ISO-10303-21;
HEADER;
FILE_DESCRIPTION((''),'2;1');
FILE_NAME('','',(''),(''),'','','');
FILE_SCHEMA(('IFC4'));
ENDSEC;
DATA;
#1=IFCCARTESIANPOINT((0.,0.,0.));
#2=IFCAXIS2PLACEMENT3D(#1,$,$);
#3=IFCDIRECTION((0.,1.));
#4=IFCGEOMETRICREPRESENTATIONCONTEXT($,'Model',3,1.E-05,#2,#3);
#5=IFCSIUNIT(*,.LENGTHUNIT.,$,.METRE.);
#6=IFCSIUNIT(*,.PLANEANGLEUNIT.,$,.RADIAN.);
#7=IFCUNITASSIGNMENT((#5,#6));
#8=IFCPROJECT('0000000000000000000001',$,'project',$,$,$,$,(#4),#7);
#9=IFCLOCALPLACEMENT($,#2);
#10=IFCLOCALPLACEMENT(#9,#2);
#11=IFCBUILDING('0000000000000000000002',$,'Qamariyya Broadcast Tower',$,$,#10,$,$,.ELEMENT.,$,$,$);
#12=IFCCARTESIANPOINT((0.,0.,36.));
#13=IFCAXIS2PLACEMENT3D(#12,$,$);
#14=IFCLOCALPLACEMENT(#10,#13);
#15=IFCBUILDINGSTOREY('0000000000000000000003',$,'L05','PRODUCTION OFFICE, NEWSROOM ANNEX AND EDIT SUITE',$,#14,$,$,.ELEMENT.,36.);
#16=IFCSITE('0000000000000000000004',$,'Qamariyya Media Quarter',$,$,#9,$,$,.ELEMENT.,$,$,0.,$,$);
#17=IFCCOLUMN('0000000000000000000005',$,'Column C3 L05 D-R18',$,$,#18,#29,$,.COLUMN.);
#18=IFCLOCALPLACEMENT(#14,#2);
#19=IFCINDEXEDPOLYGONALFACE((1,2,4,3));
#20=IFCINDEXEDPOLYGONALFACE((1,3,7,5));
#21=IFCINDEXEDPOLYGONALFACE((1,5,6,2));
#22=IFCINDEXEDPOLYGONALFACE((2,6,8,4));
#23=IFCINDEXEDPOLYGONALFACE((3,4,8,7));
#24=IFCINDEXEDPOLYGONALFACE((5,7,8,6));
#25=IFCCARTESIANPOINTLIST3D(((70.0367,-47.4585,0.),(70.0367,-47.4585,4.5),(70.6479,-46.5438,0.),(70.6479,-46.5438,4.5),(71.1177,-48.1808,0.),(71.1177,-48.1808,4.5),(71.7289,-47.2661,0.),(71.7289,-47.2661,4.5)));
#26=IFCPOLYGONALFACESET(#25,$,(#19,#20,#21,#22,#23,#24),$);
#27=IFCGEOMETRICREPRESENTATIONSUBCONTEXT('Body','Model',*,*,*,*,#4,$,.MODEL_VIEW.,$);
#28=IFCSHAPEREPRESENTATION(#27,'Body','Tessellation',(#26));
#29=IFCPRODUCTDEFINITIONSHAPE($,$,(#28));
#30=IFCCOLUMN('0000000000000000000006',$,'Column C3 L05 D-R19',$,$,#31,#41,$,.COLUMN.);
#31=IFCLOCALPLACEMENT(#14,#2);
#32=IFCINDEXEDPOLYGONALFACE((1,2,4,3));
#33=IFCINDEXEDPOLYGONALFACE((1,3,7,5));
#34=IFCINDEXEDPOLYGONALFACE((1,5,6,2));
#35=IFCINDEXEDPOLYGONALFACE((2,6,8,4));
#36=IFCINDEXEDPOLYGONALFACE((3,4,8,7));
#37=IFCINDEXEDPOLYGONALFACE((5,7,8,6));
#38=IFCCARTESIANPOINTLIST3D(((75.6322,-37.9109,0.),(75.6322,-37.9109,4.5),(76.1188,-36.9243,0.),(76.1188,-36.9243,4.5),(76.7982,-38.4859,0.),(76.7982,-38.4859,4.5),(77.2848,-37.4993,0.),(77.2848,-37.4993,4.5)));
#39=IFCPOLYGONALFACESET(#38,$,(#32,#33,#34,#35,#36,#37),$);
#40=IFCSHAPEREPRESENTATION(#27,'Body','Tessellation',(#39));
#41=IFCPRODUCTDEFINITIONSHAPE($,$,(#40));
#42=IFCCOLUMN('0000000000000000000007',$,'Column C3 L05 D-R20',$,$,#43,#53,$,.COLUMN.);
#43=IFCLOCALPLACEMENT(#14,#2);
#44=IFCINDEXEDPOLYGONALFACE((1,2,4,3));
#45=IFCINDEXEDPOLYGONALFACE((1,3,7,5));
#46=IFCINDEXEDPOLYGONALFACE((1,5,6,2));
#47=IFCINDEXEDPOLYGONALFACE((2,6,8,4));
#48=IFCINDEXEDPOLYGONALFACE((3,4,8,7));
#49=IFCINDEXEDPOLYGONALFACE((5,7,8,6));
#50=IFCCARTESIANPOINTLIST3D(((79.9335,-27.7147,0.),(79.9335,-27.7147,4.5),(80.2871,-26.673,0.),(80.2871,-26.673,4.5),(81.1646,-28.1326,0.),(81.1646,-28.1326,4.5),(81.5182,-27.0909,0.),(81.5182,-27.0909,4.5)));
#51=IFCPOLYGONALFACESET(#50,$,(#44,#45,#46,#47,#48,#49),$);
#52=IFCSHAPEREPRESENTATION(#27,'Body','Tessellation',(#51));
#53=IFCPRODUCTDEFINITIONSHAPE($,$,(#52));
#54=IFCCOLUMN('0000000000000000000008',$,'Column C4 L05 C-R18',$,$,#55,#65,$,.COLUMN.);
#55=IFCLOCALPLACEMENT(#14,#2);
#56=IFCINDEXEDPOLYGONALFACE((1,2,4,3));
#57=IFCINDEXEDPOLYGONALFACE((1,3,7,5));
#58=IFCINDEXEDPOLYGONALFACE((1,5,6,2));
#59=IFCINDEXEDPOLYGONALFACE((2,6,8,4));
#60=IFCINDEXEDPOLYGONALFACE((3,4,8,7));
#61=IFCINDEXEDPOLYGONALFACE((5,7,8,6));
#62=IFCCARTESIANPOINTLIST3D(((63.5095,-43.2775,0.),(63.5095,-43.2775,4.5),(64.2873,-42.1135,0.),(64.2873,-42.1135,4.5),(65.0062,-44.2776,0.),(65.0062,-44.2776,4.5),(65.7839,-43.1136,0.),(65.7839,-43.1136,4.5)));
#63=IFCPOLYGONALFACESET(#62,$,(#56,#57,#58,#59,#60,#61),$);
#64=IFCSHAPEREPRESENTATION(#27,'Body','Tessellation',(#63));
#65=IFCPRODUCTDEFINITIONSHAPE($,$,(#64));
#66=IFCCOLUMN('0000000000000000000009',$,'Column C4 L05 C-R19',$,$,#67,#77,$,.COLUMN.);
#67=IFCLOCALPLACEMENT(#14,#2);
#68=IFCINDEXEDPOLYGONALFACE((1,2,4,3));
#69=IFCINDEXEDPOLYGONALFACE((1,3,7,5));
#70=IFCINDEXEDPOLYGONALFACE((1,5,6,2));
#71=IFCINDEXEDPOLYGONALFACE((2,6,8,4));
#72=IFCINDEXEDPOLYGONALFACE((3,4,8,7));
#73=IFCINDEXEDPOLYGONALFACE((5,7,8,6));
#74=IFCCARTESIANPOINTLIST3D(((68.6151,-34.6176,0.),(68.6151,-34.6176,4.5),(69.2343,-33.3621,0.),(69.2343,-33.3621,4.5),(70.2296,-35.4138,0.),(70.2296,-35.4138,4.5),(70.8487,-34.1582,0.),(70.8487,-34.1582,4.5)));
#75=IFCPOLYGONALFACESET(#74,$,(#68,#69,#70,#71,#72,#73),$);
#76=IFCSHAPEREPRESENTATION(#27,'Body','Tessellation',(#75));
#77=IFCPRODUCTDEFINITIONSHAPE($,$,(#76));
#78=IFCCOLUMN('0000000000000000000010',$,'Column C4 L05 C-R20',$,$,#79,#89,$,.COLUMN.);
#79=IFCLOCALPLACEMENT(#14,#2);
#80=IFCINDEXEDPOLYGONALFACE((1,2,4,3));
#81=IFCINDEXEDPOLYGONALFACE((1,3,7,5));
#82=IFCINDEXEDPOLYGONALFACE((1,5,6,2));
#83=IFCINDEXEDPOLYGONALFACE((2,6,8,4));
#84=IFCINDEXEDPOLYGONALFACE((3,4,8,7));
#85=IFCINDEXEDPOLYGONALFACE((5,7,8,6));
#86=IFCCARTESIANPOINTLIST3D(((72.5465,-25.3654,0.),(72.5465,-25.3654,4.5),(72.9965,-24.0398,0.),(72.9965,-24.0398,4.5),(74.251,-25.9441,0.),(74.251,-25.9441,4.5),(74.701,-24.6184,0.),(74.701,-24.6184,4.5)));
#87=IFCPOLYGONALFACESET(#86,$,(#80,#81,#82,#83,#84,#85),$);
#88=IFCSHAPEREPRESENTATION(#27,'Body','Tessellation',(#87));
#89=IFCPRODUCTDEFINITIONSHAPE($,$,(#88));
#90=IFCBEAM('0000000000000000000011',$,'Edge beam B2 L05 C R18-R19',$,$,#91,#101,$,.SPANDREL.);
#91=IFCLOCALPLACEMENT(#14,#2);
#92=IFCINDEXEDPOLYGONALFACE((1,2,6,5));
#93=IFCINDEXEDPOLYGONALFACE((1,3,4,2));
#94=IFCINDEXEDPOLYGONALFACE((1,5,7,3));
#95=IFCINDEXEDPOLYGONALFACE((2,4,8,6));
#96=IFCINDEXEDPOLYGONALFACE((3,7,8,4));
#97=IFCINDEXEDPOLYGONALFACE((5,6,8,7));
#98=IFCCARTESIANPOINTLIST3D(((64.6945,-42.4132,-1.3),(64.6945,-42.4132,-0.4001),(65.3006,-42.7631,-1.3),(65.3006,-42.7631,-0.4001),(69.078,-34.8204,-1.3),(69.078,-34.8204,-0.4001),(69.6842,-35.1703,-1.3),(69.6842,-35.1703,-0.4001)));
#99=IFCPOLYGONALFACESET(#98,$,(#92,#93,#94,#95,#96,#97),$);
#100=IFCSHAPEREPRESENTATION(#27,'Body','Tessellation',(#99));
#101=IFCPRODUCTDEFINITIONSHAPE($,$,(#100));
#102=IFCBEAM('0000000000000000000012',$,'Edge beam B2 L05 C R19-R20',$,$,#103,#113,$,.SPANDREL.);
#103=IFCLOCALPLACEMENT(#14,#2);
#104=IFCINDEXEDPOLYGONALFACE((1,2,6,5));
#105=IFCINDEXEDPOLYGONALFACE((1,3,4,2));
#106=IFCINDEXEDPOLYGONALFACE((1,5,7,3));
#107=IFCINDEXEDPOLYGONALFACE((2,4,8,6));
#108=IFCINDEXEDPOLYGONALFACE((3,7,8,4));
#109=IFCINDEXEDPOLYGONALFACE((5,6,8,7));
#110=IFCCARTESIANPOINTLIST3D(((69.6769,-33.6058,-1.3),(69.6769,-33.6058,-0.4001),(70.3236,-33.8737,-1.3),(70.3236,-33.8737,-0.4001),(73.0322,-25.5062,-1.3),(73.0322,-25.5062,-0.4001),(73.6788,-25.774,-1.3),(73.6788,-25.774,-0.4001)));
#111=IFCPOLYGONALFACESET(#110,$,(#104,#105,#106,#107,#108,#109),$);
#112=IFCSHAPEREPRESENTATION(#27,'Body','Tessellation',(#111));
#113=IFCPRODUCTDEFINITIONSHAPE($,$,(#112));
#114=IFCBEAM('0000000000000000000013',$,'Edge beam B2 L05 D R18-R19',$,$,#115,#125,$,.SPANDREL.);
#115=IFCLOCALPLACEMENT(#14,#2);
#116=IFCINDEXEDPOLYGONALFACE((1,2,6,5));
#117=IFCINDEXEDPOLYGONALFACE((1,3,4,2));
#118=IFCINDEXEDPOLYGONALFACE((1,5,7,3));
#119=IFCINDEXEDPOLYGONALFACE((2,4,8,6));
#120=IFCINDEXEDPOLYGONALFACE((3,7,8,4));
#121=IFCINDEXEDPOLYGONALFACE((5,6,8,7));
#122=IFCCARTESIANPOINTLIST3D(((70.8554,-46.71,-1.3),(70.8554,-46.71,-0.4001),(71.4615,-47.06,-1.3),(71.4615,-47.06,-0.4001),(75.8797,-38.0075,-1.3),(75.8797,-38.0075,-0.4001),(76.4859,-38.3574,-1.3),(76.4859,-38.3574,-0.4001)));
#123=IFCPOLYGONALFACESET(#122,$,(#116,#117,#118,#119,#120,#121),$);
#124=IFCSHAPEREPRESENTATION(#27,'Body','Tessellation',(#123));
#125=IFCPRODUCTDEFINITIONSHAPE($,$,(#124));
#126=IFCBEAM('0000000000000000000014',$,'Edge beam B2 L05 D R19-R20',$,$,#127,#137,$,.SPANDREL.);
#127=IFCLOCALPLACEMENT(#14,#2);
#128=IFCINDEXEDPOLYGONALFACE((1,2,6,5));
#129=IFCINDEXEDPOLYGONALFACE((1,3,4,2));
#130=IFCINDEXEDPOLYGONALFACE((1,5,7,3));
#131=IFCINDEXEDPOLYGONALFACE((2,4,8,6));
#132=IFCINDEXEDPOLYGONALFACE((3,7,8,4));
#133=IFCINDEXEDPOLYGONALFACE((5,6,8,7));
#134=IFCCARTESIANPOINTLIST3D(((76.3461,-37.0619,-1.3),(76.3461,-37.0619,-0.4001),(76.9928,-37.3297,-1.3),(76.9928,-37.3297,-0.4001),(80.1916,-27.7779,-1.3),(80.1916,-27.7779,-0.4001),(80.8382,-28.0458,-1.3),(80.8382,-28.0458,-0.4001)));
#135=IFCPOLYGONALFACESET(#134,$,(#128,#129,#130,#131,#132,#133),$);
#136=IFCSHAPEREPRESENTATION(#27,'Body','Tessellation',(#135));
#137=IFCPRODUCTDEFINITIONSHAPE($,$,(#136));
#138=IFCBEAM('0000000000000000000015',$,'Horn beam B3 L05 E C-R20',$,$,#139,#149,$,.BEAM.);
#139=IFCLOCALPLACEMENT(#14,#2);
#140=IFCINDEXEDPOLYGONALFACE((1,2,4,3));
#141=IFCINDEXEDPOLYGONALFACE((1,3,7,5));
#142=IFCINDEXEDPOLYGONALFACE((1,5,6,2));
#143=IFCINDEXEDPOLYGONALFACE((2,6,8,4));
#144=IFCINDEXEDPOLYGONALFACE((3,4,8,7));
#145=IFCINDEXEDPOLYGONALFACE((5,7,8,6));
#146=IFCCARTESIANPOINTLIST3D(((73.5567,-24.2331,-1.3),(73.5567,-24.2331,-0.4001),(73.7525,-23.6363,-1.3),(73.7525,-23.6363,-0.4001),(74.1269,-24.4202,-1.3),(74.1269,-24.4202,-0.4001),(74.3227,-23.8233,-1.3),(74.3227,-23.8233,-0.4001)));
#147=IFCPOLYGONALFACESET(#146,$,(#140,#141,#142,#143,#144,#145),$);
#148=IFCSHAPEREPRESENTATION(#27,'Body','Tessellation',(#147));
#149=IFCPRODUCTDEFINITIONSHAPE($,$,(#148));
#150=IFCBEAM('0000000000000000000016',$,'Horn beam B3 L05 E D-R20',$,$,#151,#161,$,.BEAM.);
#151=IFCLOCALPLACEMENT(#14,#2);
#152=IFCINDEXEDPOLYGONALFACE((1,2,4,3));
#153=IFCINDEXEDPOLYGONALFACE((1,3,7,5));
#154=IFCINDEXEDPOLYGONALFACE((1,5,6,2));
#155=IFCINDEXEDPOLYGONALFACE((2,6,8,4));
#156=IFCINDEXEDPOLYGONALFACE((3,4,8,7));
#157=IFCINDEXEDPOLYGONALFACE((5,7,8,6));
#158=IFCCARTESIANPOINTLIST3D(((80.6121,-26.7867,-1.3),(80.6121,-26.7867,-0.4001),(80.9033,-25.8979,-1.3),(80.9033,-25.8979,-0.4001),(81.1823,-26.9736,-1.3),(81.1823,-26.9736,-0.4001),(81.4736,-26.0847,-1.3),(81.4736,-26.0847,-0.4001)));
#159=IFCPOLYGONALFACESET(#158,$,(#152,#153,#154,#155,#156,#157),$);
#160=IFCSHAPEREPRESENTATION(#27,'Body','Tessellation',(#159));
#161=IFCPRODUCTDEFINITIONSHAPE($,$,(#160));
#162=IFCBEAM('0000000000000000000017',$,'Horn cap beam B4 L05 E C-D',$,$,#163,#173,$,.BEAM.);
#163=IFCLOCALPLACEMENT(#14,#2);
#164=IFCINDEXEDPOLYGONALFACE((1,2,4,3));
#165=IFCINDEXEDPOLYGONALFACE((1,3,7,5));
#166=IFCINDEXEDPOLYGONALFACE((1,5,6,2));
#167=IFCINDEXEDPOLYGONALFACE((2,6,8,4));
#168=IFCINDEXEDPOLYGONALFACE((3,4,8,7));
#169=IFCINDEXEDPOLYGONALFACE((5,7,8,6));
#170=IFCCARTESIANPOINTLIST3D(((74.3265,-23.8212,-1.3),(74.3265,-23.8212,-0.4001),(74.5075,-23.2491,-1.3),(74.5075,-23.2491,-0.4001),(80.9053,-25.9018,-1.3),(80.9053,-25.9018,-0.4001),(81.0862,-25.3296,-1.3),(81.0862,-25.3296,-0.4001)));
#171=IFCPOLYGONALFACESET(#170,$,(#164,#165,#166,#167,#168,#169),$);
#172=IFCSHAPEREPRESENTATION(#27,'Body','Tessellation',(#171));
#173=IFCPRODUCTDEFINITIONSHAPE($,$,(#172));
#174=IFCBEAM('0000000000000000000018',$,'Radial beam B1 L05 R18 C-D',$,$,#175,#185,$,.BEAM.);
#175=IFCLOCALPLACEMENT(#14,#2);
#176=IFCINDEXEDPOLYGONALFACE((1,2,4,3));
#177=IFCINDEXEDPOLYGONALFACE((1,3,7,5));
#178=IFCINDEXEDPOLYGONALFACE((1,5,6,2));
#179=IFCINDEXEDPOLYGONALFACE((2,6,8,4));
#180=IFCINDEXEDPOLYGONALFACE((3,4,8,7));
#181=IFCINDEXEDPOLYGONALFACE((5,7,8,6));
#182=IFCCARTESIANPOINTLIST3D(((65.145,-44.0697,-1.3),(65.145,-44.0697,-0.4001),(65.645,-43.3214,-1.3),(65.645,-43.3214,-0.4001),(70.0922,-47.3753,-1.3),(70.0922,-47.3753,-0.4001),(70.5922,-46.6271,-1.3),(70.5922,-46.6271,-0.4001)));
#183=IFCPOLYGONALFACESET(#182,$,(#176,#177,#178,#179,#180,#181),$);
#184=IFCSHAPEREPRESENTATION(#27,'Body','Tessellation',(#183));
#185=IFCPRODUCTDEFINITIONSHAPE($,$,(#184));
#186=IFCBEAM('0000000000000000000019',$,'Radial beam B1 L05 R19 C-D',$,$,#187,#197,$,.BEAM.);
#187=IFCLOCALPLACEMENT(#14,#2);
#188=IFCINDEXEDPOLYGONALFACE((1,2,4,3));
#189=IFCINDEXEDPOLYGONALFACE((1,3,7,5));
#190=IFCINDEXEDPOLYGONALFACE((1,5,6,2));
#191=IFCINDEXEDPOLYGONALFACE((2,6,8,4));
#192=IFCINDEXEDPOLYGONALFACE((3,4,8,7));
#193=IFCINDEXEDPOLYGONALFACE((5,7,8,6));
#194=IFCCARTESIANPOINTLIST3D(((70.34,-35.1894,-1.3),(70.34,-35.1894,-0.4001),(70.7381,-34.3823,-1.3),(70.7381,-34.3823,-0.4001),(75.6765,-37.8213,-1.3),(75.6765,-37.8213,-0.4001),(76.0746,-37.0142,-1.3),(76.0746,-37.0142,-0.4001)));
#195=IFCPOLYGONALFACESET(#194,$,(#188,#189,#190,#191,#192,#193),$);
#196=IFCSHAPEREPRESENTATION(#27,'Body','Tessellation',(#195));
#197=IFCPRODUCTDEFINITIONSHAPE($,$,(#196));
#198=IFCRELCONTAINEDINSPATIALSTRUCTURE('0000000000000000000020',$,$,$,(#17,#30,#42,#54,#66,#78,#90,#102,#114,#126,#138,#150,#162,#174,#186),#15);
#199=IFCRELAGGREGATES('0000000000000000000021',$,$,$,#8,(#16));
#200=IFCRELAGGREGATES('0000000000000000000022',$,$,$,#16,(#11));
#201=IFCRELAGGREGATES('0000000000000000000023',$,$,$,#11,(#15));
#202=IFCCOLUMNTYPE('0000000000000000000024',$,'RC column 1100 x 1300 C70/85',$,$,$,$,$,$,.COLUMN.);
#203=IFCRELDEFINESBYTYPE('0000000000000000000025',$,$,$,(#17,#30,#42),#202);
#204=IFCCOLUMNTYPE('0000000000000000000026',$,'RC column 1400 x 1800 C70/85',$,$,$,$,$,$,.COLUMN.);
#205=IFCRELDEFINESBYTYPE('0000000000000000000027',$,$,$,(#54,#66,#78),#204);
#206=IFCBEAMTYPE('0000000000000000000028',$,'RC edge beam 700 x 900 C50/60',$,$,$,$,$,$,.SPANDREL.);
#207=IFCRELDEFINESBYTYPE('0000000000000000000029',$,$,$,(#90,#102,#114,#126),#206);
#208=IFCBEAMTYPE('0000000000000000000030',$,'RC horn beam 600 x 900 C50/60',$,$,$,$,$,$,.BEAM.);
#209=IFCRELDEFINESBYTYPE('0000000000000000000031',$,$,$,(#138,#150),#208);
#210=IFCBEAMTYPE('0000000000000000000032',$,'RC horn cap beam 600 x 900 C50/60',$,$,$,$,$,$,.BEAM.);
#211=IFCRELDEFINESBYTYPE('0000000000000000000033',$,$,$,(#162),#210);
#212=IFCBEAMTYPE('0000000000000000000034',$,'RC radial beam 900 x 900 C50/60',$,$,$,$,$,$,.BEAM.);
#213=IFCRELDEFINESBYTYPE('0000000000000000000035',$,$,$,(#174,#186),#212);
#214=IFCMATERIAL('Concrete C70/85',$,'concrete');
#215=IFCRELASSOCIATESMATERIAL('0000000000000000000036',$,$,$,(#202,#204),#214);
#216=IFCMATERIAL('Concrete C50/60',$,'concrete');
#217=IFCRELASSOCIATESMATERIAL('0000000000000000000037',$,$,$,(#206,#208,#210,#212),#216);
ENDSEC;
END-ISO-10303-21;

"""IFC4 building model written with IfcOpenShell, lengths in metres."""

from ifc_helpers import new_model, si_unit, direction, frame, origin, origin_2d, place, context, subcontext, project, spatial, rectangle, extrude, material, material_profile, profile_set, type_object, element, save


model = new_model("IFC4")

# Units and contexts
model_context = context("Model", 3, precision=1e-05, world=origin(), true_north=direction((0.0, 1.0)))
body_context = subcontext(model_context, "Body", "Model", "MODEL_VIEW")
ifc_project = project(units=[si_unit("LENGTHUNIT", "METRE"), si_unit("PLANEANGLEUNIT", "RADIAN")], contexts=[model_context])

# Site, building, storey
site_placement = place(None, origin())
site = spatial("IfcSite", under=ifc_project, at=site_placement, Name="Qamariyya Media Quarter", CompositionType="ELEMENT", RefElevation=0.0)
building_placement = place(site_placement, origin())
building = spatial("IfcBuilding", under=site, at=building_placement, Name="Qamariyya Broadcast Tower", CompositionType="ELEMENT")
storey_placement = place(building_placement, frame((0.0, 0.0, 36.0)))
storey = spatial("IfcBuildingStorey", under=building, at=storey_placement, Name="L05", Description="PRODUCTION OFFICE, NEWSROOM ANNEX AND EDIT SUITE", CompositionType="ELEMENT", Elevation=36.0)

# Columns
ifc_material_1 = material(Name="Concrete C70/85", Category="concrete")
ifc_material_profile_1 = material_profile(ifc_material_1, rectangle(XDim=1.1001, YDim=1.3, at=origin_2d()))
ifc_profile_set_1 = profile_set([ifc_material_profile_1], Name="Concrete C70/85")
column_type_1 = type_object("IfcColumnType", Name="RC column 1100 x 1300 C70/85", PredefinedType="COLUMN", material=ifc_profile_set_1)
for number, where, z_axis, x_axis, name in (
    (1, (70.8828, -47.3623, 0.0), (0.0, 0.0, 1.0), (0.55557, 0.83147, 0.0), "Column C3 L05 D-R18"),
    (2, (76.4585, -37.7051, 0.0), (0.0, 0.0, 1.0), (0.442289, 0.896873, 0.0), "Column C3 L05 D-R19"),
    (3, (80.7258, -27.4028, 0.0), (0.0, 0.0, 1.0), (0.321439, 0.94693, 0.0), "Column C3 L05 D-R20"),
):
    element("IfcColumn", number, at=place(storey_placement, frame(where, z_axis=z_axis, x_axis=x_axis)), inside=storey, type_object=column_type_1, Name=name, PredefinedType="COLUMN", context=body_context, shape_type="SweptSolid", body=[
        extrude(rectangle(XDim=1.1001, YDim=1.3, at=origin_2d()), origin(), (0.0, 0.0, 1.0), 4.5),
    ])
ifc_material_profile_2 = material_profile(ifc_material_1, rectangle(XDim=1.3999, YDim=1.8, at=origin_2d()))
ifc_profile_set_2 = profile_set([ifc_material_profile_2], Name="Concrete C70/85")
column_type_2 = type_object("IfcColumnType", Name="RC column 1400 x 1800 C70/85", PredefinedType="COLUMN", material=ifc_profile_set_2)
for number, where, z_axis, x_axis, name in (
    (4, (64.6467, -43.1956, 0.0), (0.0, 0.0, 1.0), (0.55557, 0.83147, 0.0), "Column C4 L05 C-R18"),
    (5, (69.7319, -34.3879, 0.0), (0.0, 0.0, 1.0), (0.442289, 0.896873, 0.0), "Column C4 L05 C-R19"),
    (6, (73.6238, -24.9919, 0.0), (0.0, 0.0, 1.0), (0.321439, 0.94693, 0.0), "Column C4 L05 C-R20"),
):
    element("IfcColumn", number, at=place(storey_placement, frame(where, z_axis=z_axis, x_axis=x_axis)), inside=storey, type_object=column_type_2, Name=name, PredefinedType="COLUMN", context=body_context, shape_type="SweptSolid", body=[
        extrude(rectangle(XDim=1.3999, YDim=1.8, at=origin_2d()), origin(), (0.0, 0.0, 1.0), 4.5),
    ])

# Beams
ifc_material_2 = material(Name="Concrete C50/60", Category="concrete")
ifc_material_profile_3 = material_profile(ifc_material_2, rectangle(XDim=0.7, YDim=0.8999, at=origin_2d()))
ifc_profile_set_3 = profile_set([ifc_material_profile_3], Name="Concrete C50/60")
beam_type_1 = type_object("IfcBeamType", Name="RC edge beam 700 x 900 C50/60", PredefinedType="SPANDREL", material=ifc_profile_set_3)
beam_1_placement = place(storey_placement, frame((64.9976, -42.5881, -0.8501), z_axis=(0.499988, 0.866033, 0.0), x_axis=(-0.866033, 0.499988, 0.0)))
element("IfcBeam", 7, at=beam_1_placement, inside=storey, type_object=beam_type_1, Name="Edge beam B2 L05 C R18-R19", PredefinedType="SPANDREL", context=body_context, shape_type="SweptSolid", body=[
    extrude(rectangle(XDim=0.7, YDim=0.8999, at=origin_2d()), origin(), (0.0, 0.0, 1.0), 8.7673),
])
beam_2_placement = place(storey_placement, frame((70.0002, -33.7397, -0.8501), z_axis=(0.382708, 0.923869, 0.0), x_axis=(-0.923869, 0.382708, 0.0)))
element("IfcBeam", 8, at=beam_2_placement, inside=storey, type_object=beam_type_1, Name="Edge beam B2 L05 C R19-R20", PredefinedType="SPANDREL", context=body_context, shape_type="SweptSolid", body=[
    extrude(rectangle(XDim=0.7, YDim=0.8999, at=origin_2d()), origin(), (0.0, 0.0, 1.0), 8.7671),
])
for number, where, z_axis, x_axis, name in (
    (9, (71.1584, -46.885, -0.8501), (0.499996, 0.866028, 0.0), (-0.866028, 0.499996, 0.0), "Edge beam B2 L05 D R18-R19"),
    (10, (76.6694, -37.1958, -0.8501), (0.382677, 0.923882, 0.0), (-0.923882, 0.382677, 0.0), "Edge beam B2 L05 D R19-R20"),
):
    element("IfcBeam", number, at=place(storey_placement, frame(where, z_axis=z_axis, x_axis=x_axis)), inside=storey, type_object=beam_type_1, Name=name, PredefinedType="SPANDREL", context=body_context, shape_type="SweptSolid", body=[
        extrude(rectangle(XDim=0.7, YDim=0.8999, at=origin_2d()), origin(), (0.0, 0.0, 1.0), 10.0488),
    ])
ifc_material_profile_4 = material_profile(ifc_material_2, rectangle(XDim=0.6001, YDim=0.8999, at=origin_2d()))
ifc_profile_set_4 = profile_set([ifc_material_profile_4], Name="Concrete C50/60")
beam_type_2 = type_object("IfcBeamType", Name="RC horn beam 600 x 900 C50/60", PredefinedType="BEAM", material=ifc_profile_set_4)
beam_3_placement = place(storey_placement, frame((73.8418, -24.3267, -0.8501), z_axis=(0.311677, 0.950188, 0.0), x_axis=(-0.950188, 0.311677, 0.0)))
element("IfcBeam", 11, at=beam_3_placement, inside=storey, type_object=beam_type_2, Name="Horn beam B3 L05 E C-R20", PredefinedType="BEAM", context=body_context, shape_type="SweptSolid", body=[
    extrude(rectangle(XDim=0.6001, YDim=0.8999, at=origin_2d()), origin(), (0.0, 0.0, 1.0), 0.6282),
])
beam_4_placement = place(storey_placement, frame((80.8972, -26.8801, -0.8501), z_axis=(0.311369, 0.950289, 0.0), x_axis=(-0.950289, 0.311369, 0.0)))
element("IfcBeam", 12, at=beam_4_placement, inside=storey, type_object=beam_type_2, Name="Horn beam B3 L05 E D-R20", PredefinedType="BEAM", context=body_context, shape_type="SweptSolid", body=[
    extrude(rectangle(XDim=0.6001, YDim=0.8999, at=origin_2d()), origin(), (0.0, 0.0, 1.0), 0.9353),
])
ifc_material_profile_5 = material_profile(ifc_material_2, rectangle(XDim=0.6001, YDim=0.8999, at=origin_2d()))
ifc_profile_set_5 = profile_set([ifc_material_profile_5], Name="Concrete C50/60")
beam_type_3 = type_object("IfcBeamType", Name="RC horn cap beam 600 x 900 C50/60", PredefinedType="BEAM", material=ifc_profile_set_5)
beam_5_placement = place(storey_placement, frame((74.417, -23.5352, -0.8501), z_axis=(0.953456, -0.301531, 0.0), x_axis=(0.301531, 0.953456, 0.0)))
element("IfcBeam", 13, at=beam_5_placement, inside=storey, type_object=beam_type_3, Name="Horn cap beam B4 L05 E C-D", PredefinedType="BEAM", context=body_context, shape_type="SweptSolid", body=[
    extrude(rectangle(XDim=0.6001, YDim=0.8999, at=origin_2d()), origin(), (0.0, 0.0, 1.0), 6.8999),
])
ifc_material_profile_6 = material_profile(ifc_material_2, rectangle(XDim=0.8999, YDim=0.8999, at=origin_2d()))
ifc_profile_set_6 = profile_set([ifc_material_profile_6], Name="Concrete C50/60")
beam_type_4 = type_object("IfcBeamType", Name="RC radial beam 900 x 900 C50/60", PredefinedType="BEAM", material=ifc_profile_set_6)
beam_6_placement = place(storey_placement, frame((65.395, -43.6956, -0.8501), z_axis=(0.831469, -0.555571, 0.0), x_axis=(0.555571, 0.831469, 0.0)))
element("IfcBeam", 14, at=beam_6_placement, inside=storey, type_object=beam_type_4, Name="Radial beam B1 L05 R18 C-D", PredefinedType="BEAM", context=body_context, shape_type="SweptSolid", body=[
    extrude(rectangle(XDim=0.8999, YDim=0.8999, at=origin_2d()), origin(), (0.0, 0.0, 1.0), 5.95),
])
beam_7_placement = place(storey_placement, frame((70.5391, -34.7859, -0.8501), z_axis=(0.896859, -0.442316, 0.0), x_axis=(0.442316, 0.896859, 0.0)))
element("IfcBeam", 15, at=beam_7_placement, inside=storey, type_object=beam_type_4, Name="Radial beam B1 L05 R19 C-D", PredefinedType="BEAM", context=body_context, shape_type="SweptSolid", body=[
    extrude(rectangle(XDim=0.8999, YDim=0.8999, at=origin_2d()), origin(), (0.0, 0.0, 1.0), 5.9502),
])

save(model, "model.ifc")
